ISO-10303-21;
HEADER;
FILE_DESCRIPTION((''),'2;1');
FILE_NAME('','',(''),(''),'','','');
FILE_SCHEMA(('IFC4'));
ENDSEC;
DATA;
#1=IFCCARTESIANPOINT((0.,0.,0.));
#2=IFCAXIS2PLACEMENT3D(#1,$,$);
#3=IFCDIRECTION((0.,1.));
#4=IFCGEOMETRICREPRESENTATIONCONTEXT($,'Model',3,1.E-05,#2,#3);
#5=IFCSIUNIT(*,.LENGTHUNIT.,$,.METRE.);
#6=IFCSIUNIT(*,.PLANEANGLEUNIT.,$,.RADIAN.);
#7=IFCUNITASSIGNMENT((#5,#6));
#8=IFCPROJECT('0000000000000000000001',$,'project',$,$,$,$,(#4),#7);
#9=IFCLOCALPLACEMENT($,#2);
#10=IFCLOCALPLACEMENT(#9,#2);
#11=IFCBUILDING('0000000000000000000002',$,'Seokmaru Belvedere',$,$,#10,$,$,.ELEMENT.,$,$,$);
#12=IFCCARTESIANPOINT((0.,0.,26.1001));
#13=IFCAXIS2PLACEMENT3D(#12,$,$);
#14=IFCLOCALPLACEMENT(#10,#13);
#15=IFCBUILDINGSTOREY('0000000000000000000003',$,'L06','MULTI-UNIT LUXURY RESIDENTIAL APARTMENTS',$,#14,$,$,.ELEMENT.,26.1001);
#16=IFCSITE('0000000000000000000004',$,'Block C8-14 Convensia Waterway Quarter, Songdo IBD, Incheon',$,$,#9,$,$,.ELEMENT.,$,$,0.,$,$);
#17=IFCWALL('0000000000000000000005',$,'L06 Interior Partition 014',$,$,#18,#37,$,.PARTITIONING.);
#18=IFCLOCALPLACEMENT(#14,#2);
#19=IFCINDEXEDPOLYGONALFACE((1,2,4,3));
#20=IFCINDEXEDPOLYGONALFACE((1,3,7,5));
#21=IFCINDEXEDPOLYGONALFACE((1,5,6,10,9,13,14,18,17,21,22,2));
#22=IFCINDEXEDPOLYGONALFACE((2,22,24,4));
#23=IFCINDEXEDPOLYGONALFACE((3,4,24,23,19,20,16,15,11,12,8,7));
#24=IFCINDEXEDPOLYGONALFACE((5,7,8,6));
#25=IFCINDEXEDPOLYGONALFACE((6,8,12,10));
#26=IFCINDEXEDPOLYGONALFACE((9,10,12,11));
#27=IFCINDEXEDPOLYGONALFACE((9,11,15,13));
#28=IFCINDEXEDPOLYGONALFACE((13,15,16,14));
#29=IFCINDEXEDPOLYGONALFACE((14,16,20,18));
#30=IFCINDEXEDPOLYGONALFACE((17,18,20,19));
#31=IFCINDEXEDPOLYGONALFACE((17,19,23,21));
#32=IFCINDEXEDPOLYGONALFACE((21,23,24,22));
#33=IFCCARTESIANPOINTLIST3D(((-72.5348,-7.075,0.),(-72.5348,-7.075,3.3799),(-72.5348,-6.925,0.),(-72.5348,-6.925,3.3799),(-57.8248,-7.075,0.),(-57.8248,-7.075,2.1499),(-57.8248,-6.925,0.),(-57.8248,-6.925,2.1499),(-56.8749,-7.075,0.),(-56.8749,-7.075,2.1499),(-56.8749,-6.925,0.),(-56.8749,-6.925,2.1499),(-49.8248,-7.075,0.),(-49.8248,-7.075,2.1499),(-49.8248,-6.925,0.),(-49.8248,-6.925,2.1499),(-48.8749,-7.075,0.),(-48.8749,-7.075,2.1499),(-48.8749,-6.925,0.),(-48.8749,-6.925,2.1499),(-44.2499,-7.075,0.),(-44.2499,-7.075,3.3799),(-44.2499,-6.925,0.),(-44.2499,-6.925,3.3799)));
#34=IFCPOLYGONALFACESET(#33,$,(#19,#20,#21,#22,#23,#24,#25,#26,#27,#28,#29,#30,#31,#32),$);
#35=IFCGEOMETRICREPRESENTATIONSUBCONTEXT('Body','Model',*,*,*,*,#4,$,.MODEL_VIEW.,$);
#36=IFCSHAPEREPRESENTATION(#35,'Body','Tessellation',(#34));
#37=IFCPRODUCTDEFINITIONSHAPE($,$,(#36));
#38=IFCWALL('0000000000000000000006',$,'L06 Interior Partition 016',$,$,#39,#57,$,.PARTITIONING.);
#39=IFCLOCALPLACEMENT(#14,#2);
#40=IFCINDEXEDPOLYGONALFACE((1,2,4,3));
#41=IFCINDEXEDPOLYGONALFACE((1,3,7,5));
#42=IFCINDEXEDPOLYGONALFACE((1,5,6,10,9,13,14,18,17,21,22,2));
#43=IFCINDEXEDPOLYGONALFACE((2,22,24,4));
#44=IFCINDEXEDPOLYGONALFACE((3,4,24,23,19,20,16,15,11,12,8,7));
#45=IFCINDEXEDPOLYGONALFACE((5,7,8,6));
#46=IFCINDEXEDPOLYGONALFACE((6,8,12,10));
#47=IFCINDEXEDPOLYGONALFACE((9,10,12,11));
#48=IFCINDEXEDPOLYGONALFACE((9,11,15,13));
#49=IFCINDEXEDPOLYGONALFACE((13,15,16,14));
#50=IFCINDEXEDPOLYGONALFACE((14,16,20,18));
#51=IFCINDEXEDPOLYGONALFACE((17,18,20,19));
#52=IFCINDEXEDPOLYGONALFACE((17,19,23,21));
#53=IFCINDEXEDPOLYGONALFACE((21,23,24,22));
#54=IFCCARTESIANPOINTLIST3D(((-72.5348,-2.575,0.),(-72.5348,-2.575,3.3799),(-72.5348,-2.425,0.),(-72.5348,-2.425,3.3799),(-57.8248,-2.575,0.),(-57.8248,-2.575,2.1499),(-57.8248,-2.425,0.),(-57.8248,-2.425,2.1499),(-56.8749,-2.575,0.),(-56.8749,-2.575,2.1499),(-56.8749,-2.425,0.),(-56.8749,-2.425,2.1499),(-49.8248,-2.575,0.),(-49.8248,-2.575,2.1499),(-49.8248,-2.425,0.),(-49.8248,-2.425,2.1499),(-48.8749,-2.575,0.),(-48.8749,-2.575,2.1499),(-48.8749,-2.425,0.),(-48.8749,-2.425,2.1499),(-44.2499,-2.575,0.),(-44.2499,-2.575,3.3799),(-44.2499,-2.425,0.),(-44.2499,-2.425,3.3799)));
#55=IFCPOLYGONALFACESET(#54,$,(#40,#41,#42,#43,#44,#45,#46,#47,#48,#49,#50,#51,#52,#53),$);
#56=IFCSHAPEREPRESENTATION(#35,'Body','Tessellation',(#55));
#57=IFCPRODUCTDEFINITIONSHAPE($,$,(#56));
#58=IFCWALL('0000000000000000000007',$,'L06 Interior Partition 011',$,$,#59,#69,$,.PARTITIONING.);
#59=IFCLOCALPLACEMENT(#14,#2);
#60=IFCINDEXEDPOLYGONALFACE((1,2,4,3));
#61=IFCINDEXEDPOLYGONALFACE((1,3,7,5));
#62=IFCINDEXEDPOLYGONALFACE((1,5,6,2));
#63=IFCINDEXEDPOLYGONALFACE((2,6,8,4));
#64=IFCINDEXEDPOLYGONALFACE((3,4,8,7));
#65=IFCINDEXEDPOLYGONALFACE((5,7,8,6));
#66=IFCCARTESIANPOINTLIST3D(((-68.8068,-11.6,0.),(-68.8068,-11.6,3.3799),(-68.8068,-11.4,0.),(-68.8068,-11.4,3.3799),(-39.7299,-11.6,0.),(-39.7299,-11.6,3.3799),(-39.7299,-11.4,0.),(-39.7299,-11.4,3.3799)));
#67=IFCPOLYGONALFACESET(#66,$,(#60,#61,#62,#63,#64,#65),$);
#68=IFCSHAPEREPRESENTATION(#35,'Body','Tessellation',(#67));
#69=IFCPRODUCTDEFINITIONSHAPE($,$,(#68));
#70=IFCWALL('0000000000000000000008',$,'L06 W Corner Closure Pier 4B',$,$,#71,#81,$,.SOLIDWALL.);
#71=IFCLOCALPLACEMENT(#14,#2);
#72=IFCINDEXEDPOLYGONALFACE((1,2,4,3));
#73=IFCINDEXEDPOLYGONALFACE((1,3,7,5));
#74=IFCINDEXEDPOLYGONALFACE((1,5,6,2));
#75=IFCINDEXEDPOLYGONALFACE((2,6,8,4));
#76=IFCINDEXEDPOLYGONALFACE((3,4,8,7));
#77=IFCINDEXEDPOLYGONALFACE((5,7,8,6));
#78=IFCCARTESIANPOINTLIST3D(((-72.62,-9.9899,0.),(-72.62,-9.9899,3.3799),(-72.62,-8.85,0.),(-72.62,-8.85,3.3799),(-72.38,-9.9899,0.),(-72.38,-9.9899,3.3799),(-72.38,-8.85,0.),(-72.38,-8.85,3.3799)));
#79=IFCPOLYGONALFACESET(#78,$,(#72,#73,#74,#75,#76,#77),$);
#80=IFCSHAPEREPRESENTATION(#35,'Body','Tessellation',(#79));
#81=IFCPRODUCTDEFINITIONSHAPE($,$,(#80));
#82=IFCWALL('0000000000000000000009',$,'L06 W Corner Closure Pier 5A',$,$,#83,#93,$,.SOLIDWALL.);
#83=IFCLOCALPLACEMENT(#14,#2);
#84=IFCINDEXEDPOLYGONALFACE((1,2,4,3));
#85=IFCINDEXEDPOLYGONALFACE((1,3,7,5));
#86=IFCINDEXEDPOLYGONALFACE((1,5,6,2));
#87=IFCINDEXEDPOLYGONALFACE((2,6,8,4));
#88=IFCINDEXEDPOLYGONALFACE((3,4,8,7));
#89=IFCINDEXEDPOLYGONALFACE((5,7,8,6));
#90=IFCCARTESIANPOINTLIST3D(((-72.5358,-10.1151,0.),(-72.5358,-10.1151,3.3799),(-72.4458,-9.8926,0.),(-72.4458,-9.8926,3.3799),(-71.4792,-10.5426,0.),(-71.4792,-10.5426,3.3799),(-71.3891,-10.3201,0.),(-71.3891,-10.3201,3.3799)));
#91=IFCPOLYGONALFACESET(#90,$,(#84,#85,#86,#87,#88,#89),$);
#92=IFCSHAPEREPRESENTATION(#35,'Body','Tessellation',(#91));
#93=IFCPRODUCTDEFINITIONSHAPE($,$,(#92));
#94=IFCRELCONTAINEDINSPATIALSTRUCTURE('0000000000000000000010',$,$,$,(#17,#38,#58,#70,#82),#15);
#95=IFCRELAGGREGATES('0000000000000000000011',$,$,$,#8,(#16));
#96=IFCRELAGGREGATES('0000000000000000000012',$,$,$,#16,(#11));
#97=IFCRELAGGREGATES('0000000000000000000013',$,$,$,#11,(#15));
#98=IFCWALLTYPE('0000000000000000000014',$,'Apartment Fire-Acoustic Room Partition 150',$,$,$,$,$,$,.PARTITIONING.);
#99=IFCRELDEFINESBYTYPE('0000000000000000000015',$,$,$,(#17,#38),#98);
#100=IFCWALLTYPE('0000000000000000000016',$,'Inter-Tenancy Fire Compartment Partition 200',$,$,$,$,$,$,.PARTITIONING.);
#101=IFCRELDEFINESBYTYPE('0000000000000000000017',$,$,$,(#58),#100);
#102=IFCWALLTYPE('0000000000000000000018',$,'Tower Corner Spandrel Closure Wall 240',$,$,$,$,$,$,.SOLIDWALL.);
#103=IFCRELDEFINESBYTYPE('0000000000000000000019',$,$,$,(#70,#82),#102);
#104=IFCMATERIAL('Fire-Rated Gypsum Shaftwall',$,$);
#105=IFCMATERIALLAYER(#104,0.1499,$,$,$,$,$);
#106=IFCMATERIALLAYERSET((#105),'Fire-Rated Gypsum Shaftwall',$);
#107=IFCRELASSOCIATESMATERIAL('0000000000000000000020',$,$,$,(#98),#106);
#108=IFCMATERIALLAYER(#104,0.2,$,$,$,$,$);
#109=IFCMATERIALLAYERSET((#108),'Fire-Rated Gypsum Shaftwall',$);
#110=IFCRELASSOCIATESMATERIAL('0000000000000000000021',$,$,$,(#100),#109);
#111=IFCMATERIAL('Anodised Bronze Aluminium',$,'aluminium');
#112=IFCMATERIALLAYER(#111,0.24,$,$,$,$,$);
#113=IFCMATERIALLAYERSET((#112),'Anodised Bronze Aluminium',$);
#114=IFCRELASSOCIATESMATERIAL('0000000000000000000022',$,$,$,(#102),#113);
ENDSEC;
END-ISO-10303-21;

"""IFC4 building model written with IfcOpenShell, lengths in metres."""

from ifc_helpers import new_model, si_unit, direction, frame, frame_2d, origin, place, context, subcontext, project, spatial, rectangle, extrude, material, layer, layer_set, type_object, element, save


model = new_model("IFC4")

# Units and contexts
model_context = context("Model", 3, precision=1e-05, world=origin(), true_north=direction((0.0, 1.0)))
body_context = subcontext(model_context, "Body", "Model", "MODEL_VIEW")
ifc_project = project(units=[si_unit("LENGTHUNIT", "METRE"), si_unit("PLANEANGLEUNIT", "RADIAN")], contexts=[model_context])

# Site, building, storey
site_placement = place(None, origin())
site = spatial("IfcSite", under=ifc_project, at=site_placement, Name="Block C8-14 Convensia Waterway Quarter, Songdo IBD, Incheon", CompositionType="ELEMENT", RefElevation=0.0)
building_placement = place(site_placement, origin())
building = spatial("IfcBuilding", under=site, at=building_placement, Name="Seokmaru Belvedere", CompositionType="ELEMENT")
storey_placement = place(building_placement, frame((0.0, 0.0, 26.1001)))
storey = spatial("IfcBuildingStorey", under=building, at=storey_placement, Name="L06", Description="MULTI-UNIT LUXURY RESIDENTIAL APARTMENTS", CompositionType="ELEMENT", Elevation=26.1001)

# Shared definitions
ifc_material_1 = material(Name="Anodised Bronze Aluminium", Category="aluminium")

# Walls, openings
ifc_material_2 = material(Name="Fire-Rated Gypsum Shaftwall")
ifc_layer_1 = layer(ifc_material_2, 0.1499)
ifc_layer_set_1 = layer_set([ifc_layer_1], Name="Fire-Rated Gypsum Shaftwall")
wall_type_1 = type_object("IfcWallType", Name="Apartment Fire-Acoustic Room Partition 150", PredefinedType="PARTITIONING", material=ifc_layer_set_1)
wall_1_placement = place(storey_placement, frame((-72.5349, -7.0, 0.0), z_axis=(0.0, 0.0, 1.0), x_axis=(1.0, 0.0, 0.0)))
wall_1 = element("IfcWall", 1, at=wall_1_placement, inside=storey, type_object=wall_type_1, Name="L06 Interior Partition 014", PredefinedType="PARTITIONING", context=body_context, shape_type="SweptSolid", body=[
    extrude(rectangle(XDim=28.2849, YDim=0.1499, at=frame_2d((14.1426, 0.0))), origin(), (0.0, 0.0, 1.0), 3.3799),
])
opening_1_placement = place(wall_1_placement, frame((22.71, 0.0, 0.0)))
element("IfcOpeningElement", 2, at=opening_1_placement, cuts=wall_1, PredefinedType="OPENING", context=body_context, shape_type="SweptSolid", body=[
    extrude(rectangle(XDim=0.95, YDim=2.1499, at=frame_2d((0.4751, 1.075))), frame((0.0, 0.085, 0.0), z_axis=(0.0, -1.0, 0.0), x_axis=(1.0, 0.0, 0.0)), (0.0, 0.0, 1.0), 0.1699),
])
opening_2_placement = place(wall_1_placement, frame((14.71, 0.0, 0.0)))
element("IfcOpeningElement", 3, at=opening_2_placement, cuts=wall_1, PredefinedType="OPENING", context=body_context, shape_type="SweptSolid", body=[
    extrude(rectangle(XDim=0.95, YDim=2.1499, at=frame_2d((0.4751, 1.075))), frame((0.0, 0.085, 0.0), z_axis=(0.0, -1.0, 0.0), x_axis=(1.0, 0.0, 0.0)), (0.0, 0.0, 1.0), 0.1699),
])
wall_2_placement = place(storey_placement, frame((-72.5349, -2.5, 0.0), z_axis=(0.0, 0.0, 1.0), x_axis=(1.0, 0.0, 0.0)))
wall_2 = element("IfcWall", 4, at=wall_2_placement, inside=storey, type_object=wall_type_1, Name="L06 Interior Partition 016", PredefinedType="PARTITIONING", context=body_context, shape_type="SweptSolid", body=[
    extrude(rectangle(XDim=28.2849, YDim=0.1499, at=frame_2d((14.1426, 0.0))), origin(), (0.0, 0.0, 1.0), 3.3799),
])
opening_3_placement = place(wall_2_placement, frame((22.71, 0.0, 0.0)))
element("IfcOpeningElement", 5, at=opening_3_placement, cuts=wall_2, PredefinedType="OPENING", context=body_context, shape_type="SweptSolid", body=[
    extrude(rectangle(XDim=0.95, YDim=2.1499, at=frame_2d((0.4751, 1.075))), frame((0.0, 0.085, 0.0), z_axis=(0.0, -1.0, 0.0), x_axis=(1.0, 0.0, 0.0)), (0.0, 0.0, 1.0), 0.1699),
])
opening_4_placement = place(wall_2_placement, frame((14.71, 0.0, 0.0)))
element("IfcOpeningElement", 6, at=opening_4_placement, cuts=wall_2, PredefinedType="OPENING", context=body_context, shape_type="SweptSolid", body=[
    extrude(rectangle(XDim=0.95, YDim=2.1499, at=frame_2d((0.4751, 1.075))), frame((0.0, 0.085, 0.0), z_axis=(0.0, -1.0, 0.0), x_axis=(1.0, 0.0, 0.0)), (0.0, 0.0, 1.0), 0.1699),
])

# Walls
ifc_layer_2 = layer(ifc_material_2, 0.2)
ifc_layer_set_2 = layer_set([ifc_layer_2], Name="Fire-Rated Gypsum Shaftwall")
wall_type_2 = type_object("IfcWallType", Name="Inter-Tenancy Fire Compartment Partition 200", PredefinedType="PARTITIONING", material=ifc_layer_set_2)
wall_3_placement = place(storey_placement, frame((-68.8069, -11.5, 0.0), z_axis=(0.0, 0.0, 1.0), x_axis=(1.0, 0.0, 0.0)))
element("IfcWall", 7, at=wall_3_placement, inside=storey, type_object=wall_type_2, Name="L06 Interior Partition 011", PredefinedType="PARTITIONING", context=body_context, shape_type="SweptSolid", body=[
    extrude(rectangle(XDim=29.0769, YDim=0.2, at=frame_2d((14.5386, 0.0))), origin(), (0.0, 0.0, 1.0), 3.3799),
])
ifc_layer_3 = layer(ifc_material_1, 0.24)
ifc_layer_set_3 = layer_set([ifc_layer_3], Name="Anodised Bronze Aluminium")
wall_type_3 = type_object("IfcWallType", Name="Tower Corner Spandrel Closure Wall 240", PredefinedType="SOLIDWALL", material=ifc_layer_set_3)
for number, where, z_axis, x_axis, name in (
    (8, (-72.5, -8.8501, 0.0), (0.0, 0.0, 1.0), (0.0, -1.0, 0.0), "L06 W Corner Closure Pier 4B"),
    (9, (-72.4907, -10.0039, 0.0), (0.0, 0.0, 1.0), (0.927007, -0.375044, 0.0), "L06 W Corner Closure Pier 5A"),
):
    element("IfcWall", number, at=place(storey_placement, frame(where, z_axis=z_axis, x_axis=x_axis)), inside=storey, type_object=wall_type_3, Name=name, PredefinedType="SOLIDWALL", context=body_context, shape_type="SweptSolid", body=[
        extrude(rectangle(XDim=1.1399, YDim=0.24, at=frame_2d((0.5698, 0.0))), origin(), (0.0, 0.0, 1.0), 3.3799),
    ])

save(model, "model.ifc")
